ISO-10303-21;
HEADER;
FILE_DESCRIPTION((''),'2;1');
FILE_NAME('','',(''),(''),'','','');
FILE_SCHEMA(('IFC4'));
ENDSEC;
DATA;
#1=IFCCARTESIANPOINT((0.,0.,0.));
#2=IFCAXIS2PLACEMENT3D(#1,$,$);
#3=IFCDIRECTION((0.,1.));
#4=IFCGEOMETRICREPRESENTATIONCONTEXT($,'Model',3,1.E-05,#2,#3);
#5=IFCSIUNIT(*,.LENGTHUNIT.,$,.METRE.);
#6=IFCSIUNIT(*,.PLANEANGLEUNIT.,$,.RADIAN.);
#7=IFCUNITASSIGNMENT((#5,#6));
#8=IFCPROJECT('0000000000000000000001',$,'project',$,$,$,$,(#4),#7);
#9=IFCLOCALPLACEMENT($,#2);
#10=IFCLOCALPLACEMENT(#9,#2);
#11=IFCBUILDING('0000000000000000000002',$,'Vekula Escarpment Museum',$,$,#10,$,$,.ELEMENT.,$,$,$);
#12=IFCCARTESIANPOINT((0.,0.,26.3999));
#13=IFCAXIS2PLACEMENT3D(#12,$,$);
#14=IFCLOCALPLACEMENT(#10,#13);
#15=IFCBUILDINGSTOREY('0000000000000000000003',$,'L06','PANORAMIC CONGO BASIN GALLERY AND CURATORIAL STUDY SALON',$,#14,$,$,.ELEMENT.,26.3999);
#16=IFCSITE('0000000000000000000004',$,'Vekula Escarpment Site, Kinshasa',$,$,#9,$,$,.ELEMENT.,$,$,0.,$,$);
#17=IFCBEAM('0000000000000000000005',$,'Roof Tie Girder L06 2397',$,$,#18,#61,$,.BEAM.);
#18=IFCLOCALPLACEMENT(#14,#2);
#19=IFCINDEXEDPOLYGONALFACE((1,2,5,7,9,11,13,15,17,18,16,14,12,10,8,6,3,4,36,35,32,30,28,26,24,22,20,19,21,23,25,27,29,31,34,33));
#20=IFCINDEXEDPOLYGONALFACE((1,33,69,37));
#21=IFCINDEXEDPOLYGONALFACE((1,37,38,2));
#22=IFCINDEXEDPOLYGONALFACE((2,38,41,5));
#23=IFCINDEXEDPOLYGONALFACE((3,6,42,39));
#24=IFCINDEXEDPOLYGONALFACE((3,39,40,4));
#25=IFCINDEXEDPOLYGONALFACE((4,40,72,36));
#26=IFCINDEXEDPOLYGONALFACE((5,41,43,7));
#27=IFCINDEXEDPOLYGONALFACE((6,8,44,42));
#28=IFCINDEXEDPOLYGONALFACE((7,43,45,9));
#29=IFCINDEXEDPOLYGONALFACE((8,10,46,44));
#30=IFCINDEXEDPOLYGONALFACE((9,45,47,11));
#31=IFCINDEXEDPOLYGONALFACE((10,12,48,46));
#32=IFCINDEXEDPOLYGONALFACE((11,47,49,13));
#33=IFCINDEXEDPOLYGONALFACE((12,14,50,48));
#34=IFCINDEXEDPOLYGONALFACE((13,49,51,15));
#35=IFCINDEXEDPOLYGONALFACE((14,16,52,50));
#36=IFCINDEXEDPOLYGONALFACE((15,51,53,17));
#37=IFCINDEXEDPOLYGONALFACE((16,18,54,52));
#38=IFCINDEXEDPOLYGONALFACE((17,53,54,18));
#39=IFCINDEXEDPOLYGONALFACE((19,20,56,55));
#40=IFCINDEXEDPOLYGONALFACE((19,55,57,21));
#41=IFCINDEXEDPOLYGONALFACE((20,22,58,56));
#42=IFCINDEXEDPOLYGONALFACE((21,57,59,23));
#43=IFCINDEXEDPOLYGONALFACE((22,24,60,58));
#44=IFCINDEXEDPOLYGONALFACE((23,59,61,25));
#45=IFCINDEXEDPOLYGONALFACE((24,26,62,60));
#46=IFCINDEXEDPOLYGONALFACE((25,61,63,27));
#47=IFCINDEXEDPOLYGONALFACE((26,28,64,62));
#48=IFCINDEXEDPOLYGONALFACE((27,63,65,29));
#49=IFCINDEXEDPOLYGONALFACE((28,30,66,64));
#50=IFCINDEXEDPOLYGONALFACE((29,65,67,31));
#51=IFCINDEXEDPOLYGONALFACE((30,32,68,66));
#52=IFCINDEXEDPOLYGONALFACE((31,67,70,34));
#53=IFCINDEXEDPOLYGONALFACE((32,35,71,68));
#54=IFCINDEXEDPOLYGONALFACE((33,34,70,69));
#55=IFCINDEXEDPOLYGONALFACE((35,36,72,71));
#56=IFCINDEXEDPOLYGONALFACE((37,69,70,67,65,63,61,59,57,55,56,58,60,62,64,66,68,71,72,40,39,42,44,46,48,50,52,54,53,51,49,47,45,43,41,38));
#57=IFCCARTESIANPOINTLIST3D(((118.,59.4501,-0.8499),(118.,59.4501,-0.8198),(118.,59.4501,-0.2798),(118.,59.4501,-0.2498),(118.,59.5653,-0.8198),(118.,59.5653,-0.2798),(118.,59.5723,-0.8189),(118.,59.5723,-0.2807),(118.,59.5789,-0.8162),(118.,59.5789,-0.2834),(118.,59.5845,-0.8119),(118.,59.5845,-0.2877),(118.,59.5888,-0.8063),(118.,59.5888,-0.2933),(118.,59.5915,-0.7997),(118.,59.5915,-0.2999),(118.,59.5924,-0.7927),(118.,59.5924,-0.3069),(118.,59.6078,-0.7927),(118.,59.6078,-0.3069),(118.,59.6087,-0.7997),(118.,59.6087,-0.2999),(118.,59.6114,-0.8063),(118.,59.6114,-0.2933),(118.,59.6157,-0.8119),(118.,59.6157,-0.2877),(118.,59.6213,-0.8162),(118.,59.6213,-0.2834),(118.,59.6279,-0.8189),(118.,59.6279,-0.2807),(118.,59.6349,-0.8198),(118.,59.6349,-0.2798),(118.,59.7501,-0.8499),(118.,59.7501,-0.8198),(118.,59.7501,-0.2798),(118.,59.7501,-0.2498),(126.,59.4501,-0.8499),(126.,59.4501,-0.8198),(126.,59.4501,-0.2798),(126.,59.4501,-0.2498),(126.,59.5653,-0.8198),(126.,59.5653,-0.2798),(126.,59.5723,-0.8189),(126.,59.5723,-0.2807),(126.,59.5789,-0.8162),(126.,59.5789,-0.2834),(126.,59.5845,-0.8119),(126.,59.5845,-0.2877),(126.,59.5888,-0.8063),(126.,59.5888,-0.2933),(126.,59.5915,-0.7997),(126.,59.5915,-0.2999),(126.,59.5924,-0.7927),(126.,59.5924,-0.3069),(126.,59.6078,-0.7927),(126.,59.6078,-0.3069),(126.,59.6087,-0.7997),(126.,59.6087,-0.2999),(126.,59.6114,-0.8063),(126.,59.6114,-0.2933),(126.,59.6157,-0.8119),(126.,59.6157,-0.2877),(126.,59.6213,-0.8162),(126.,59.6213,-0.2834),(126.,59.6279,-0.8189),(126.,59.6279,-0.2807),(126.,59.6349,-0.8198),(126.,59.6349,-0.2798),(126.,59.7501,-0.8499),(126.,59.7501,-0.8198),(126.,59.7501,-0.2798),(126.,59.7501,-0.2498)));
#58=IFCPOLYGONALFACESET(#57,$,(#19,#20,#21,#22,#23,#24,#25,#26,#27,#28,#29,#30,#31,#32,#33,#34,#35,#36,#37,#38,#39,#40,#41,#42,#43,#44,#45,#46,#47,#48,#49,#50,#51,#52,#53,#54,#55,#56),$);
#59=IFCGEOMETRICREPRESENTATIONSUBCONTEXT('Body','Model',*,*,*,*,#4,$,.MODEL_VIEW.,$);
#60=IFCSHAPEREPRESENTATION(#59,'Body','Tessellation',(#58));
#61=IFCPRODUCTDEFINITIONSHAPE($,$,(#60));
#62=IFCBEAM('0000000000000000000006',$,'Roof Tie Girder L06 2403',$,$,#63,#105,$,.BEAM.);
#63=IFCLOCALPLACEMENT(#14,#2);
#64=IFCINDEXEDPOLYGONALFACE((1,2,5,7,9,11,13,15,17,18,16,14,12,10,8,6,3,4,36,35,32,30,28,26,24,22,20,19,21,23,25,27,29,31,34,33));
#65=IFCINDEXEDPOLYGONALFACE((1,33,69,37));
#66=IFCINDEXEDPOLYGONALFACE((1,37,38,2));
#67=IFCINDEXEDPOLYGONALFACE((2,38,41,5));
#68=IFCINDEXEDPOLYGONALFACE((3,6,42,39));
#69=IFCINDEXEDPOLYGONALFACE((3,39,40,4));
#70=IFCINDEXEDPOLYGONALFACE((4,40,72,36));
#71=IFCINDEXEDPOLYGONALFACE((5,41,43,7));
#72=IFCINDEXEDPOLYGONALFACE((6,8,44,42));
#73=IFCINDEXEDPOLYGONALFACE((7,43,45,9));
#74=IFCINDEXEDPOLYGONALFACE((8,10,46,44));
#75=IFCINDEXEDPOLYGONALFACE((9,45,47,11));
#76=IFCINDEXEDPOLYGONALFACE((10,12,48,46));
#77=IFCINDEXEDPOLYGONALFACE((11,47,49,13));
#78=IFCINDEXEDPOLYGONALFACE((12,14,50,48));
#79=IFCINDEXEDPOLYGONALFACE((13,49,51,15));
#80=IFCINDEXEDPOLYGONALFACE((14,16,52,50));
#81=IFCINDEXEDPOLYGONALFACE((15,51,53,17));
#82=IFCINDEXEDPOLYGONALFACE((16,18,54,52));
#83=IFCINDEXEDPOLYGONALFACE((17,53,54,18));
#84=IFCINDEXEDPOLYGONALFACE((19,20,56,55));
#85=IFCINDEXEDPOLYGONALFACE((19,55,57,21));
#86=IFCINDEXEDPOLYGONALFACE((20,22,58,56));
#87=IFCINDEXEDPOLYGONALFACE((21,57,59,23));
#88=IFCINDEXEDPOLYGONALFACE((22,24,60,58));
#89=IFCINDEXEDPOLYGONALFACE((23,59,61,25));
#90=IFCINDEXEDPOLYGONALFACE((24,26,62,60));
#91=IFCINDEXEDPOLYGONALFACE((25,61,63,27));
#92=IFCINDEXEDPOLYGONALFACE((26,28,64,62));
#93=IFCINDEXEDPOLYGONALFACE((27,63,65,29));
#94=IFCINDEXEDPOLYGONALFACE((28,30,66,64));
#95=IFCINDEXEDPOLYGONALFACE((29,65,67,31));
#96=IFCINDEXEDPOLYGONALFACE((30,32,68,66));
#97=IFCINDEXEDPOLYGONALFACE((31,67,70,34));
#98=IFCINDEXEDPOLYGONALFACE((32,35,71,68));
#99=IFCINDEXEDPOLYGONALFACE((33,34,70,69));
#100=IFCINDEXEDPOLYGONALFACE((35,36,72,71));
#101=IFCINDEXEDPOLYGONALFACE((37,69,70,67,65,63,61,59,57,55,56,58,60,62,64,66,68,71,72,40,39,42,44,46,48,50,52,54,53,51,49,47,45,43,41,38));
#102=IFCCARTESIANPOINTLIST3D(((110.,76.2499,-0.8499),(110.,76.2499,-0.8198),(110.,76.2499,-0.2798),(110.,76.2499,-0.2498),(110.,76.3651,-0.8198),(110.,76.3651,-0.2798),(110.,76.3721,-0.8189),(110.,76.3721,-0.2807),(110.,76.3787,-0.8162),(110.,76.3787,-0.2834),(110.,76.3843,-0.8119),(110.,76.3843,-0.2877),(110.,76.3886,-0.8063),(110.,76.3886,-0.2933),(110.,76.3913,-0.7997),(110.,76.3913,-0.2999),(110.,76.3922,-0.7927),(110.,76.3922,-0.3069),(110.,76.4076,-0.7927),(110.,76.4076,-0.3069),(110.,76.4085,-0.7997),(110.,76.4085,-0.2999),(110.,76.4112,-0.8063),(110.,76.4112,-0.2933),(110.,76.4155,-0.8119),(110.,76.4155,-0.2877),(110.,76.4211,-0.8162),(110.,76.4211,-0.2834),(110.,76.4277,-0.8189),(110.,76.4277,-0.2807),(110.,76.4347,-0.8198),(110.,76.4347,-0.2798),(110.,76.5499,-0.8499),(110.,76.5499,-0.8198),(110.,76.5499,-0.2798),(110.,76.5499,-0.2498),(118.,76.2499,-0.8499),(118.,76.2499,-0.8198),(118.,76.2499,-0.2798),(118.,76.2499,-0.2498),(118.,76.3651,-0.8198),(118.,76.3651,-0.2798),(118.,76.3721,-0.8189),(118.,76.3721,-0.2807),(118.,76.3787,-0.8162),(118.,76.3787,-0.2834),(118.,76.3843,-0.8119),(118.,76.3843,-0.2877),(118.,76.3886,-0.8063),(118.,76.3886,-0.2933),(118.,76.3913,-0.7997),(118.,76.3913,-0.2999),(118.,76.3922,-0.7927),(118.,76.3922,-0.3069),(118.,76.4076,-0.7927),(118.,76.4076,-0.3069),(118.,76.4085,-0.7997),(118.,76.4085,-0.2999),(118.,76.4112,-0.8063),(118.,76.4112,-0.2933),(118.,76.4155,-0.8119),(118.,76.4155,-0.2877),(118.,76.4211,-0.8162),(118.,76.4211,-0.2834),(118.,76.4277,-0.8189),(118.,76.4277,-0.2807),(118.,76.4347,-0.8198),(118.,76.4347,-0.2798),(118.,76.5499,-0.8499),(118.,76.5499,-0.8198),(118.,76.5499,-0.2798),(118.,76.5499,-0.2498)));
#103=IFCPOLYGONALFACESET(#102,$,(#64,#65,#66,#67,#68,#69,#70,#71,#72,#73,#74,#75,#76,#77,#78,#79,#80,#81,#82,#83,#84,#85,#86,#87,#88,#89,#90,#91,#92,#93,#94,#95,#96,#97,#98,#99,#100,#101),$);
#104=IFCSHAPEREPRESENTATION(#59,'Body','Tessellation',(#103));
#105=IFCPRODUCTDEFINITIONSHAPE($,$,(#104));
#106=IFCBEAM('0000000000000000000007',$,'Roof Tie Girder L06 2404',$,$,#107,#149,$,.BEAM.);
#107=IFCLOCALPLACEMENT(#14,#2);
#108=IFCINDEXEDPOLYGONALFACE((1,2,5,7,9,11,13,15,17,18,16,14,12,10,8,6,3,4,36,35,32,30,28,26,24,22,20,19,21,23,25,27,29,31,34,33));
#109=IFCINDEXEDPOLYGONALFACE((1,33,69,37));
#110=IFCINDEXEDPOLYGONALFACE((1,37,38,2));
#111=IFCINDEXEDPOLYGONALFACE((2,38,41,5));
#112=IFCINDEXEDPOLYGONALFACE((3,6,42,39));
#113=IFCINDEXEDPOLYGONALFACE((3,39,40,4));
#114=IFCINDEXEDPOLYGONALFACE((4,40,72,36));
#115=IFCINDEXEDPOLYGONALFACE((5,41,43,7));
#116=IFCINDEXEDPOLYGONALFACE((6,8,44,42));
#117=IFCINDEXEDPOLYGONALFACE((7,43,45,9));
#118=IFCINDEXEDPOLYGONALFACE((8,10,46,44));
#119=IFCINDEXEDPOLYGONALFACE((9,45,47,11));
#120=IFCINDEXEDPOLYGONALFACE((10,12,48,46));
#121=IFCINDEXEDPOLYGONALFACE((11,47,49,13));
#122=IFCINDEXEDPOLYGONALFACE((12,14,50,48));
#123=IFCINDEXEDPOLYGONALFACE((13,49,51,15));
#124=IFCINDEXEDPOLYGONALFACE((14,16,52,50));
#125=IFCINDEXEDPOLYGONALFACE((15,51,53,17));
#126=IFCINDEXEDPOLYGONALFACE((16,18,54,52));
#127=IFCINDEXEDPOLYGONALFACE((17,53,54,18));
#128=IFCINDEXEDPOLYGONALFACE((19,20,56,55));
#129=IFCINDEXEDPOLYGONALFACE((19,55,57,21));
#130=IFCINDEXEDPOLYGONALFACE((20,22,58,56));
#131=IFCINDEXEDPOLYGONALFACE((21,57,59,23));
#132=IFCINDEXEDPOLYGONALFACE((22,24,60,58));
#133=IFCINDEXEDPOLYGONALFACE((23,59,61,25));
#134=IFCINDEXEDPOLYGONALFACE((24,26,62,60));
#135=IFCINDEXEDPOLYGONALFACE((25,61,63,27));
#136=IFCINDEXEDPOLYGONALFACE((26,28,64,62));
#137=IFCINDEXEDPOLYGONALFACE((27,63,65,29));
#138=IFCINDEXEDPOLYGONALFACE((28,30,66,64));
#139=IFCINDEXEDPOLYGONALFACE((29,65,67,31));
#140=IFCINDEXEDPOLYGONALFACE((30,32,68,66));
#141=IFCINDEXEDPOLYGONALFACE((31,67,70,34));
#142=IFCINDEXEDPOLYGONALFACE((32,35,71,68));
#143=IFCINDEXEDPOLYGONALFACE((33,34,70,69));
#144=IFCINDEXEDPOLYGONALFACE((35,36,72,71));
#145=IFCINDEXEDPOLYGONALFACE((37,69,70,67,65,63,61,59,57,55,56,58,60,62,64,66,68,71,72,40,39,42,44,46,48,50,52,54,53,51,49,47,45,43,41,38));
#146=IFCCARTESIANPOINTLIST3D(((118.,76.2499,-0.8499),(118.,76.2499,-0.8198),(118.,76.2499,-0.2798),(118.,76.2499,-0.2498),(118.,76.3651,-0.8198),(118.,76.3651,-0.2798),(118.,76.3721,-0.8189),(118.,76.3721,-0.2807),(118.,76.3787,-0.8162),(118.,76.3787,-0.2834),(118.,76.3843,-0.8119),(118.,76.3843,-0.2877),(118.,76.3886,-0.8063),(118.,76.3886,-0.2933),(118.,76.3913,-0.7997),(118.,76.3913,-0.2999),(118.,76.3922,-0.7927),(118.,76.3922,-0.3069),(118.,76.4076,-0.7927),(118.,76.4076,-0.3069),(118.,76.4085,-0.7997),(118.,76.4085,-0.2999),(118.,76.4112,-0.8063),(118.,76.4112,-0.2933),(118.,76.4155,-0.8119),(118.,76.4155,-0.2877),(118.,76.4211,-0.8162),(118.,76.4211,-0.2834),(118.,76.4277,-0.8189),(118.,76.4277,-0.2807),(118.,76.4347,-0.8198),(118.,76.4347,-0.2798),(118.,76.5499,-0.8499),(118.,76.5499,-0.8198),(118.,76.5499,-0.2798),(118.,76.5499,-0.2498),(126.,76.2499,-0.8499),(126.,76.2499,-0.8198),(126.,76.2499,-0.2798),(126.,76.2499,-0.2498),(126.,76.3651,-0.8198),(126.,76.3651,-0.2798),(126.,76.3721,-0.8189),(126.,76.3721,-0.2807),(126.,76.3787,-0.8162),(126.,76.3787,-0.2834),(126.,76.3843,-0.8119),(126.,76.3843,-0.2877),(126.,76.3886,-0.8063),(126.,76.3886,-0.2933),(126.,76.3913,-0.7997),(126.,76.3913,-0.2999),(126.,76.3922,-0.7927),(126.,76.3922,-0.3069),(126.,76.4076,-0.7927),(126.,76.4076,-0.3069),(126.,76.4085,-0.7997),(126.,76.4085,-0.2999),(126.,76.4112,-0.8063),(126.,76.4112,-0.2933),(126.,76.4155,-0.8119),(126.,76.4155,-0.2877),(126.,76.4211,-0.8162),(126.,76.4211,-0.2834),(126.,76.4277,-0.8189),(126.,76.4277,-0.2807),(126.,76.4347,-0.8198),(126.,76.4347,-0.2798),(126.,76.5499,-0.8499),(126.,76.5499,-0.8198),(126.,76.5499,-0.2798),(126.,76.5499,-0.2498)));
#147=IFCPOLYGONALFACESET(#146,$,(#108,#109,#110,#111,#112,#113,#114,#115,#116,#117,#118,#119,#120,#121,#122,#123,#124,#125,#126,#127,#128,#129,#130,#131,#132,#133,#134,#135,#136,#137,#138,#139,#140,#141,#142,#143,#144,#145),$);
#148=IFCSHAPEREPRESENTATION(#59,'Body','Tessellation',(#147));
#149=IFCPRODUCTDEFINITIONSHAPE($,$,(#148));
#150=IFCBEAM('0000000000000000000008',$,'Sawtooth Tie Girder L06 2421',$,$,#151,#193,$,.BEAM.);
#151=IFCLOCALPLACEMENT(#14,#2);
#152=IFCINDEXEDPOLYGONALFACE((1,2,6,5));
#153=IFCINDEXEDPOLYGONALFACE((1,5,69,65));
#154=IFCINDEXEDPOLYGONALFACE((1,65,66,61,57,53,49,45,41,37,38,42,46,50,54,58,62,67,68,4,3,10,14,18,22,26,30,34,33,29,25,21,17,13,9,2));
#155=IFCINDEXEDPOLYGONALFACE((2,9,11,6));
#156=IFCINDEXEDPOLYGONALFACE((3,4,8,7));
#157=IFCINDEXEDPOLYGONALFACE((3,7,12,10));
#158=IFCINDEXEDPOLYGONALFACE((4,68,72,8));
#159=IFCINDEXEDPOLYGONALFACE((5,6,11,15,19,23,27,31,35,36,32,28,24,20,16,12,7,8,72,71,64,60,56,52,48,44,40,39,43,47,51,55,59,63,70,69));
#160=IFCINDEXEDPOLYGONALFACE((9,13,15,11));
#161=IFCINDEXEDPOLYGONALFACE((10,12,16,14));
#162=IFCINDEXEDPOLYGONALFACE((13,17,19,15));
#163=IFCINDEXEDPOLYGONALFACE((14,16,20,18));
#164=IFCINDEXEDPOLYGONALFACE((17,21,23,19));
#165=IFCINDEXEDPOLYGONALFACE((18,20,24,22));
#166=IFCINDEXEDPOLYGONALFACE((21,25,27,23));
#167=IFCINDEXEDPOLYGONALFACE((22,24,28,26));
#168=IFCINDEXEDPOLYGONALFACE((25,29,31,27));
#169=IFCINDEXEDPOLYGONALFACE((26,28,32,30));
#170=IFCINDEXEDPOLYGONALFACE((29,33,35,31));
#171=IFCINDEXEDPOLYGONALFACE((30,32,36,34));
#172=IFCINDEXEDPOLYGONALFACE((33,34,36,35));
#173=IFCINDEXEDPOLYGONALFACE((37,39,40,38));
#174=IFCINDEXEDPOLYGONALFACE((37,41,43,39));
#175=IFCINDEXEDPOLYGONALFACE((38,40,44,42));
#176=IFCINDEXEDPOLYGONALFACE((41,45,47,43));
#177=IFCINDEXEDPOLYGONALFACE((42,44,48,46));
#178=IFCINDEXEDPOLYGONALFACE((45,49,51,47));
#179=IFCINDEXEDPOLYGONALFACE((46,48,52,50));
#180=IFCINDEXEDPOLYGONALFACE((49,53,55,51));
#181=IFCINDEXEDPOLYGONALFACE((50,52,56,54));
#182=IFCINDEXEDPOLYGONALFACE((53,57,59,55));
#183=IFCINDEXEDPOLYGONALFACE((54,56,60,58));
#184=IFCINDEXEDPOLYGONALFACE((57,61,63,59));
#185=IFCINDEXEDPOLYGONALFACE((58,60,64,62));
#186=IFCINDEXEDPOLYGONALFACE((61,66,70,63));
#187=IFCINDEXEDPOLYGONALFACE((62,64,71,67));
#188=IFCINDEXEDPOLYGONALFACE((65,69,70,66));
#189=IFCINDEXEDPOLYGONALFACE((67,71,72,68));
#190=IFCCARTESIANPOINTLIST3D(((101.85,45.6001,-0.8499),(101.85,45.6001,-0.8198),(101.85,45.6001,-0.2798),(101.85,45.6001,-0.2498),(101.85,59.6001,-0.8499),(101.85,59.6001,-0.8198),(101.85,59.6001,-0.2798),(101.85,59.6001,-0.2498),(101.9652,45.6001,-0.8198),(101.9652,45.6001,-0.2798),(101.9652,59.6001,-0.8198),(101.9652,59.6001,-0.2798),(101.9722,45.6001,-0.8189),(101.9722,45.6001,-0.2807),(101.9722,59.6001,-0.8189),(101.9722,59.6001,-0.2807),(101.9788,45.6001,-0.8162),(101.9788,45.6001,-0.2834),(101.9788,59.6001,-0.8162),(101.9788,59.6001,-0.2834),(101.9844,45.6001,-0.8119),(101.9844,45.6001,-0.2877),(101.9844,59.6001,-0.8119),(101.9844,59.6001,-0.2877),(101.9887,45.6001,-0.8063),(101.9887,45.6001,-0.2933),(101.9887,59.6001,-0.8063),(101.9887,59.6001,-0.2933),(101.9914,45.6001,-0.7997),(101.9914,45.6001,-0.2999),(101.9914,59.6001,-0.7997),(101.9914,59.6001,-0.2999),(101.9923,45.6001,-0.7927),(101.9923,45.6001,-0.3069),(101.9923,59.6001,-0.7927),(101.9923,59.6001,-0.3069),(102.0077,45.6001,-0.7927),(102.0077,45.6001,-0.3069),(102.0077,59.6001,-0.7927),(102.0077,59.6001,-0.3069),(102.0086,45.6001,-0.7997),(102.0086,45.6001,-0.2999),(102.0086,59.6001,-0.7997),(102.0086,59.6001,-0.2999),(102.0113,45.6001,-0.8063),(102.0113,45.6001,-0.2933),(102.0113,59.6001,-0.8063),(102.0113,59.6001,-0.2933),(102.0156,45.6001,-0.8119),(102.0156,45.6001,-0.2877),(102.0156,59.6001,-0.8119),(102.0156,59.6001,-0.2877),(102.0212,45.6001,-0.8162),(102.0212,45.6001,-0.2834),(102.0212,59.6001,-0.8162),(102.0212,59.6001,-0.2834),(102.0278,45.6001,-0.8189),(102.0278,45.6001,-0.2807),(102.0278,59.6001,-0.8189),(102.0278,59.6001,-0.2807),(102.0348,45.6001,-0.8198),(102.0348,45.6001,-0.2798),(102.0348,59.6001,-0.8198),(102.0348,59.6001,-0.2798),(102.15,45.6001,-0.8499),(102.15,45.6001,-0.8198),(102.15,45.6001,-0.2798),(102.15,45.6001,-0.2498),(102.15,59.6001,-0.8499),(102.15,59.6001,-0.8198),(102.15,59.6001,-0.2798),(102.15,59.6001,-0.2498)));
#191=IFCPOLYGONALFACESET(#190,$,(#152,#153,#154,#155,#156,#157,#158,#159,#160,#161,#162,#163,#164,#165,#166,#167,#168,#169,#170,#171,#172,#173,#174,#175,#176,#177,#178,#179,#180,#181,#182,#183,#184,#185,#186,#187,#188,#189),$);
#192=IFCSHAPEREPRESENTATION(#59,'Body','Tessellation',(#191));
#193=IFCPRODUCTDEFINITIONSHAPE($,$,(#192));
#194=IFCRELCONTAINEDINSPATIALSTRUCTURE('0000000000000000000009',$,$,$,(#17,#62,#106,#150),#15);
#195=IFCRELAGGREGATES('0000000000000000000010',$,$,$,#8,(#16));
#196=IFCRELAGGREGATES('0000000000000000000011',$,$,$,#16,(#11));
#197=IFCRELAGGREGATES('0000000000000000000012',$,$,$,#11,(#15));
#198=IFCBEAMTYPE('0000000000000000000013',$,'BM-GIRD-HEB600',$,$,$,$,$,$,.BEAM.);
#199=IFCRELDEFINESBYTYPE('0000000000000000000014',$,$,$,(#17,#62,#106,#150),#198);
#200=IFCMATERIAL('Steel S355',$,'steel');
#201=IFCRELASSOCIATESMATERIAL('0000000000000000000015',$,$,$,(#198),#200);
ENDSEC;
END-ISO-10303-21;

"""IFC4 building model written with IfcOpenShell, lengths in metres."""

from ifc_helpers import new_model, si_unit, direction, frame, origin, origin_2d, place, context, subcontext, project, spatial, i_section, extrude, material, material_profile, profile_set, type_object, element, save


model = new_model("IFC4")

# Units and contexts
model_context = context("Model", 3, precision=1e-05, world=origin(), true_north=direction((0.0, 1.0)))
body_context = subcontext(model_context, "Body", "Model", "MODEL_VIEW")
ifc_project = project(units=[si_unit("LENGTHUNIT", "METRE"), si_unit("PLANEANGLEUNIT", "RADIAN")], contexts=[model_context])

# Site, building, storey
site_placement = place(None, origin())
site = spatial("IfcSite", under=ifc_project, at=site_placement, Name="Vekula Escarpment Site, Kinshasa", CompositionType="ELEMENT", RefElevation=0.0)
building_placement = place(site_placement, origin())
building = spatial("IfcBuilding", under=site, at=building_placement, Name="Vekula Escarpment Museum", CompositionType="ELEMENT")
storey_placement = place(building_placement, frame((0.0, 0.0, 26.3999)))
storey = spatial("IfcBuildingStorey", under=building, at=storey_placement, Name="L06", Description="PANORAMIC CONGO BASIN GALLERY AND CURATORIAL STUDY SALON", CompositionType="ELEMENT", Elevation=26.3999)

# Beams
ifc_material_1 = material(Name="Steel S355", Category="steel")
ifc_material_profile_1 = material_profile(ifc_material_1, i_section(OverallWidth=0.3, OverallDepth=0.6001, WebThickness=0.0154, FlangeThickness=0.03, FilletRadius=0.0271, at=origin_2d()), Name="HEB 600")
ifc_profile_set_1 = profile_set([ifc_material_profile_1], Name="Steel S355")
beam_type_1 = type_object("IfcBeamType", Name="BM-GIRD-HEB600", PredefinedType="BEAM", material=ifc_profile_set_1)
for number, where, z_axis, x_axis, name in (
    (1, (118.0, 59.6001, -0.5498), (1.0, 0.0, 0.0), (0.0, 1.0, 0.0), "Roof Tie Girder L06 2397"),
    (2, (110.0, 76.3999, -0.5498), (1.0, 0.0, 0.0), (0.0, 1.0, 0.0), "Roof Tie Girder L06 2403"),
    (3, (118.0, 76.3999, -0.5498), (1.0, 0.0, 0.0), (0.0, 1.0, 0.0), "Roof Tie Girder L06 2404"),
):
    element("IfcBeam", number, at=place(storey_placement, frame(where, z_axis=z_axis, x_axis=x_axis)), inside=storey, type_object=beam_type_1, Name=name, PredefinedType="BEAM", context=body_context, shape_type="SweptSolid", body=[
        extrude(i_section(OverallWidth=0.3, OverallDepth=0.6001, WebThickness=0.0154, FlangeThickness=0.03, FilletRadius=0.0271, at=origin_2d()), origin(), (0.0, 0.0, 1.0), 8.0),
    ])
beam_1_placement = place(storey_placement, frame((102.0, 45.6001, -0.5498), z_axis=(0.0, 1.0, 0.0), x_axis=(-1.0, 0.0, 0.0)))
element("IfcBeam", 4, at=beam_1_placement, inside=storey, type_object=beam_type_1, Name="Sawtooth Tie Girder L06 2421", PredefinedType="BEAM", context=body_context, shape_type="SweptSolid", body=[
    extrude(i_section(OverallWidth=0.3, OverallDepth=0.6001, WebThickness=0.0154, FlangeThickness=0.03, FilletRadius=0.0271, at=origin_2d()), origin(), (0.0, 0.0, 1.0), 14.0),
])

save(model, "model.ifc")
